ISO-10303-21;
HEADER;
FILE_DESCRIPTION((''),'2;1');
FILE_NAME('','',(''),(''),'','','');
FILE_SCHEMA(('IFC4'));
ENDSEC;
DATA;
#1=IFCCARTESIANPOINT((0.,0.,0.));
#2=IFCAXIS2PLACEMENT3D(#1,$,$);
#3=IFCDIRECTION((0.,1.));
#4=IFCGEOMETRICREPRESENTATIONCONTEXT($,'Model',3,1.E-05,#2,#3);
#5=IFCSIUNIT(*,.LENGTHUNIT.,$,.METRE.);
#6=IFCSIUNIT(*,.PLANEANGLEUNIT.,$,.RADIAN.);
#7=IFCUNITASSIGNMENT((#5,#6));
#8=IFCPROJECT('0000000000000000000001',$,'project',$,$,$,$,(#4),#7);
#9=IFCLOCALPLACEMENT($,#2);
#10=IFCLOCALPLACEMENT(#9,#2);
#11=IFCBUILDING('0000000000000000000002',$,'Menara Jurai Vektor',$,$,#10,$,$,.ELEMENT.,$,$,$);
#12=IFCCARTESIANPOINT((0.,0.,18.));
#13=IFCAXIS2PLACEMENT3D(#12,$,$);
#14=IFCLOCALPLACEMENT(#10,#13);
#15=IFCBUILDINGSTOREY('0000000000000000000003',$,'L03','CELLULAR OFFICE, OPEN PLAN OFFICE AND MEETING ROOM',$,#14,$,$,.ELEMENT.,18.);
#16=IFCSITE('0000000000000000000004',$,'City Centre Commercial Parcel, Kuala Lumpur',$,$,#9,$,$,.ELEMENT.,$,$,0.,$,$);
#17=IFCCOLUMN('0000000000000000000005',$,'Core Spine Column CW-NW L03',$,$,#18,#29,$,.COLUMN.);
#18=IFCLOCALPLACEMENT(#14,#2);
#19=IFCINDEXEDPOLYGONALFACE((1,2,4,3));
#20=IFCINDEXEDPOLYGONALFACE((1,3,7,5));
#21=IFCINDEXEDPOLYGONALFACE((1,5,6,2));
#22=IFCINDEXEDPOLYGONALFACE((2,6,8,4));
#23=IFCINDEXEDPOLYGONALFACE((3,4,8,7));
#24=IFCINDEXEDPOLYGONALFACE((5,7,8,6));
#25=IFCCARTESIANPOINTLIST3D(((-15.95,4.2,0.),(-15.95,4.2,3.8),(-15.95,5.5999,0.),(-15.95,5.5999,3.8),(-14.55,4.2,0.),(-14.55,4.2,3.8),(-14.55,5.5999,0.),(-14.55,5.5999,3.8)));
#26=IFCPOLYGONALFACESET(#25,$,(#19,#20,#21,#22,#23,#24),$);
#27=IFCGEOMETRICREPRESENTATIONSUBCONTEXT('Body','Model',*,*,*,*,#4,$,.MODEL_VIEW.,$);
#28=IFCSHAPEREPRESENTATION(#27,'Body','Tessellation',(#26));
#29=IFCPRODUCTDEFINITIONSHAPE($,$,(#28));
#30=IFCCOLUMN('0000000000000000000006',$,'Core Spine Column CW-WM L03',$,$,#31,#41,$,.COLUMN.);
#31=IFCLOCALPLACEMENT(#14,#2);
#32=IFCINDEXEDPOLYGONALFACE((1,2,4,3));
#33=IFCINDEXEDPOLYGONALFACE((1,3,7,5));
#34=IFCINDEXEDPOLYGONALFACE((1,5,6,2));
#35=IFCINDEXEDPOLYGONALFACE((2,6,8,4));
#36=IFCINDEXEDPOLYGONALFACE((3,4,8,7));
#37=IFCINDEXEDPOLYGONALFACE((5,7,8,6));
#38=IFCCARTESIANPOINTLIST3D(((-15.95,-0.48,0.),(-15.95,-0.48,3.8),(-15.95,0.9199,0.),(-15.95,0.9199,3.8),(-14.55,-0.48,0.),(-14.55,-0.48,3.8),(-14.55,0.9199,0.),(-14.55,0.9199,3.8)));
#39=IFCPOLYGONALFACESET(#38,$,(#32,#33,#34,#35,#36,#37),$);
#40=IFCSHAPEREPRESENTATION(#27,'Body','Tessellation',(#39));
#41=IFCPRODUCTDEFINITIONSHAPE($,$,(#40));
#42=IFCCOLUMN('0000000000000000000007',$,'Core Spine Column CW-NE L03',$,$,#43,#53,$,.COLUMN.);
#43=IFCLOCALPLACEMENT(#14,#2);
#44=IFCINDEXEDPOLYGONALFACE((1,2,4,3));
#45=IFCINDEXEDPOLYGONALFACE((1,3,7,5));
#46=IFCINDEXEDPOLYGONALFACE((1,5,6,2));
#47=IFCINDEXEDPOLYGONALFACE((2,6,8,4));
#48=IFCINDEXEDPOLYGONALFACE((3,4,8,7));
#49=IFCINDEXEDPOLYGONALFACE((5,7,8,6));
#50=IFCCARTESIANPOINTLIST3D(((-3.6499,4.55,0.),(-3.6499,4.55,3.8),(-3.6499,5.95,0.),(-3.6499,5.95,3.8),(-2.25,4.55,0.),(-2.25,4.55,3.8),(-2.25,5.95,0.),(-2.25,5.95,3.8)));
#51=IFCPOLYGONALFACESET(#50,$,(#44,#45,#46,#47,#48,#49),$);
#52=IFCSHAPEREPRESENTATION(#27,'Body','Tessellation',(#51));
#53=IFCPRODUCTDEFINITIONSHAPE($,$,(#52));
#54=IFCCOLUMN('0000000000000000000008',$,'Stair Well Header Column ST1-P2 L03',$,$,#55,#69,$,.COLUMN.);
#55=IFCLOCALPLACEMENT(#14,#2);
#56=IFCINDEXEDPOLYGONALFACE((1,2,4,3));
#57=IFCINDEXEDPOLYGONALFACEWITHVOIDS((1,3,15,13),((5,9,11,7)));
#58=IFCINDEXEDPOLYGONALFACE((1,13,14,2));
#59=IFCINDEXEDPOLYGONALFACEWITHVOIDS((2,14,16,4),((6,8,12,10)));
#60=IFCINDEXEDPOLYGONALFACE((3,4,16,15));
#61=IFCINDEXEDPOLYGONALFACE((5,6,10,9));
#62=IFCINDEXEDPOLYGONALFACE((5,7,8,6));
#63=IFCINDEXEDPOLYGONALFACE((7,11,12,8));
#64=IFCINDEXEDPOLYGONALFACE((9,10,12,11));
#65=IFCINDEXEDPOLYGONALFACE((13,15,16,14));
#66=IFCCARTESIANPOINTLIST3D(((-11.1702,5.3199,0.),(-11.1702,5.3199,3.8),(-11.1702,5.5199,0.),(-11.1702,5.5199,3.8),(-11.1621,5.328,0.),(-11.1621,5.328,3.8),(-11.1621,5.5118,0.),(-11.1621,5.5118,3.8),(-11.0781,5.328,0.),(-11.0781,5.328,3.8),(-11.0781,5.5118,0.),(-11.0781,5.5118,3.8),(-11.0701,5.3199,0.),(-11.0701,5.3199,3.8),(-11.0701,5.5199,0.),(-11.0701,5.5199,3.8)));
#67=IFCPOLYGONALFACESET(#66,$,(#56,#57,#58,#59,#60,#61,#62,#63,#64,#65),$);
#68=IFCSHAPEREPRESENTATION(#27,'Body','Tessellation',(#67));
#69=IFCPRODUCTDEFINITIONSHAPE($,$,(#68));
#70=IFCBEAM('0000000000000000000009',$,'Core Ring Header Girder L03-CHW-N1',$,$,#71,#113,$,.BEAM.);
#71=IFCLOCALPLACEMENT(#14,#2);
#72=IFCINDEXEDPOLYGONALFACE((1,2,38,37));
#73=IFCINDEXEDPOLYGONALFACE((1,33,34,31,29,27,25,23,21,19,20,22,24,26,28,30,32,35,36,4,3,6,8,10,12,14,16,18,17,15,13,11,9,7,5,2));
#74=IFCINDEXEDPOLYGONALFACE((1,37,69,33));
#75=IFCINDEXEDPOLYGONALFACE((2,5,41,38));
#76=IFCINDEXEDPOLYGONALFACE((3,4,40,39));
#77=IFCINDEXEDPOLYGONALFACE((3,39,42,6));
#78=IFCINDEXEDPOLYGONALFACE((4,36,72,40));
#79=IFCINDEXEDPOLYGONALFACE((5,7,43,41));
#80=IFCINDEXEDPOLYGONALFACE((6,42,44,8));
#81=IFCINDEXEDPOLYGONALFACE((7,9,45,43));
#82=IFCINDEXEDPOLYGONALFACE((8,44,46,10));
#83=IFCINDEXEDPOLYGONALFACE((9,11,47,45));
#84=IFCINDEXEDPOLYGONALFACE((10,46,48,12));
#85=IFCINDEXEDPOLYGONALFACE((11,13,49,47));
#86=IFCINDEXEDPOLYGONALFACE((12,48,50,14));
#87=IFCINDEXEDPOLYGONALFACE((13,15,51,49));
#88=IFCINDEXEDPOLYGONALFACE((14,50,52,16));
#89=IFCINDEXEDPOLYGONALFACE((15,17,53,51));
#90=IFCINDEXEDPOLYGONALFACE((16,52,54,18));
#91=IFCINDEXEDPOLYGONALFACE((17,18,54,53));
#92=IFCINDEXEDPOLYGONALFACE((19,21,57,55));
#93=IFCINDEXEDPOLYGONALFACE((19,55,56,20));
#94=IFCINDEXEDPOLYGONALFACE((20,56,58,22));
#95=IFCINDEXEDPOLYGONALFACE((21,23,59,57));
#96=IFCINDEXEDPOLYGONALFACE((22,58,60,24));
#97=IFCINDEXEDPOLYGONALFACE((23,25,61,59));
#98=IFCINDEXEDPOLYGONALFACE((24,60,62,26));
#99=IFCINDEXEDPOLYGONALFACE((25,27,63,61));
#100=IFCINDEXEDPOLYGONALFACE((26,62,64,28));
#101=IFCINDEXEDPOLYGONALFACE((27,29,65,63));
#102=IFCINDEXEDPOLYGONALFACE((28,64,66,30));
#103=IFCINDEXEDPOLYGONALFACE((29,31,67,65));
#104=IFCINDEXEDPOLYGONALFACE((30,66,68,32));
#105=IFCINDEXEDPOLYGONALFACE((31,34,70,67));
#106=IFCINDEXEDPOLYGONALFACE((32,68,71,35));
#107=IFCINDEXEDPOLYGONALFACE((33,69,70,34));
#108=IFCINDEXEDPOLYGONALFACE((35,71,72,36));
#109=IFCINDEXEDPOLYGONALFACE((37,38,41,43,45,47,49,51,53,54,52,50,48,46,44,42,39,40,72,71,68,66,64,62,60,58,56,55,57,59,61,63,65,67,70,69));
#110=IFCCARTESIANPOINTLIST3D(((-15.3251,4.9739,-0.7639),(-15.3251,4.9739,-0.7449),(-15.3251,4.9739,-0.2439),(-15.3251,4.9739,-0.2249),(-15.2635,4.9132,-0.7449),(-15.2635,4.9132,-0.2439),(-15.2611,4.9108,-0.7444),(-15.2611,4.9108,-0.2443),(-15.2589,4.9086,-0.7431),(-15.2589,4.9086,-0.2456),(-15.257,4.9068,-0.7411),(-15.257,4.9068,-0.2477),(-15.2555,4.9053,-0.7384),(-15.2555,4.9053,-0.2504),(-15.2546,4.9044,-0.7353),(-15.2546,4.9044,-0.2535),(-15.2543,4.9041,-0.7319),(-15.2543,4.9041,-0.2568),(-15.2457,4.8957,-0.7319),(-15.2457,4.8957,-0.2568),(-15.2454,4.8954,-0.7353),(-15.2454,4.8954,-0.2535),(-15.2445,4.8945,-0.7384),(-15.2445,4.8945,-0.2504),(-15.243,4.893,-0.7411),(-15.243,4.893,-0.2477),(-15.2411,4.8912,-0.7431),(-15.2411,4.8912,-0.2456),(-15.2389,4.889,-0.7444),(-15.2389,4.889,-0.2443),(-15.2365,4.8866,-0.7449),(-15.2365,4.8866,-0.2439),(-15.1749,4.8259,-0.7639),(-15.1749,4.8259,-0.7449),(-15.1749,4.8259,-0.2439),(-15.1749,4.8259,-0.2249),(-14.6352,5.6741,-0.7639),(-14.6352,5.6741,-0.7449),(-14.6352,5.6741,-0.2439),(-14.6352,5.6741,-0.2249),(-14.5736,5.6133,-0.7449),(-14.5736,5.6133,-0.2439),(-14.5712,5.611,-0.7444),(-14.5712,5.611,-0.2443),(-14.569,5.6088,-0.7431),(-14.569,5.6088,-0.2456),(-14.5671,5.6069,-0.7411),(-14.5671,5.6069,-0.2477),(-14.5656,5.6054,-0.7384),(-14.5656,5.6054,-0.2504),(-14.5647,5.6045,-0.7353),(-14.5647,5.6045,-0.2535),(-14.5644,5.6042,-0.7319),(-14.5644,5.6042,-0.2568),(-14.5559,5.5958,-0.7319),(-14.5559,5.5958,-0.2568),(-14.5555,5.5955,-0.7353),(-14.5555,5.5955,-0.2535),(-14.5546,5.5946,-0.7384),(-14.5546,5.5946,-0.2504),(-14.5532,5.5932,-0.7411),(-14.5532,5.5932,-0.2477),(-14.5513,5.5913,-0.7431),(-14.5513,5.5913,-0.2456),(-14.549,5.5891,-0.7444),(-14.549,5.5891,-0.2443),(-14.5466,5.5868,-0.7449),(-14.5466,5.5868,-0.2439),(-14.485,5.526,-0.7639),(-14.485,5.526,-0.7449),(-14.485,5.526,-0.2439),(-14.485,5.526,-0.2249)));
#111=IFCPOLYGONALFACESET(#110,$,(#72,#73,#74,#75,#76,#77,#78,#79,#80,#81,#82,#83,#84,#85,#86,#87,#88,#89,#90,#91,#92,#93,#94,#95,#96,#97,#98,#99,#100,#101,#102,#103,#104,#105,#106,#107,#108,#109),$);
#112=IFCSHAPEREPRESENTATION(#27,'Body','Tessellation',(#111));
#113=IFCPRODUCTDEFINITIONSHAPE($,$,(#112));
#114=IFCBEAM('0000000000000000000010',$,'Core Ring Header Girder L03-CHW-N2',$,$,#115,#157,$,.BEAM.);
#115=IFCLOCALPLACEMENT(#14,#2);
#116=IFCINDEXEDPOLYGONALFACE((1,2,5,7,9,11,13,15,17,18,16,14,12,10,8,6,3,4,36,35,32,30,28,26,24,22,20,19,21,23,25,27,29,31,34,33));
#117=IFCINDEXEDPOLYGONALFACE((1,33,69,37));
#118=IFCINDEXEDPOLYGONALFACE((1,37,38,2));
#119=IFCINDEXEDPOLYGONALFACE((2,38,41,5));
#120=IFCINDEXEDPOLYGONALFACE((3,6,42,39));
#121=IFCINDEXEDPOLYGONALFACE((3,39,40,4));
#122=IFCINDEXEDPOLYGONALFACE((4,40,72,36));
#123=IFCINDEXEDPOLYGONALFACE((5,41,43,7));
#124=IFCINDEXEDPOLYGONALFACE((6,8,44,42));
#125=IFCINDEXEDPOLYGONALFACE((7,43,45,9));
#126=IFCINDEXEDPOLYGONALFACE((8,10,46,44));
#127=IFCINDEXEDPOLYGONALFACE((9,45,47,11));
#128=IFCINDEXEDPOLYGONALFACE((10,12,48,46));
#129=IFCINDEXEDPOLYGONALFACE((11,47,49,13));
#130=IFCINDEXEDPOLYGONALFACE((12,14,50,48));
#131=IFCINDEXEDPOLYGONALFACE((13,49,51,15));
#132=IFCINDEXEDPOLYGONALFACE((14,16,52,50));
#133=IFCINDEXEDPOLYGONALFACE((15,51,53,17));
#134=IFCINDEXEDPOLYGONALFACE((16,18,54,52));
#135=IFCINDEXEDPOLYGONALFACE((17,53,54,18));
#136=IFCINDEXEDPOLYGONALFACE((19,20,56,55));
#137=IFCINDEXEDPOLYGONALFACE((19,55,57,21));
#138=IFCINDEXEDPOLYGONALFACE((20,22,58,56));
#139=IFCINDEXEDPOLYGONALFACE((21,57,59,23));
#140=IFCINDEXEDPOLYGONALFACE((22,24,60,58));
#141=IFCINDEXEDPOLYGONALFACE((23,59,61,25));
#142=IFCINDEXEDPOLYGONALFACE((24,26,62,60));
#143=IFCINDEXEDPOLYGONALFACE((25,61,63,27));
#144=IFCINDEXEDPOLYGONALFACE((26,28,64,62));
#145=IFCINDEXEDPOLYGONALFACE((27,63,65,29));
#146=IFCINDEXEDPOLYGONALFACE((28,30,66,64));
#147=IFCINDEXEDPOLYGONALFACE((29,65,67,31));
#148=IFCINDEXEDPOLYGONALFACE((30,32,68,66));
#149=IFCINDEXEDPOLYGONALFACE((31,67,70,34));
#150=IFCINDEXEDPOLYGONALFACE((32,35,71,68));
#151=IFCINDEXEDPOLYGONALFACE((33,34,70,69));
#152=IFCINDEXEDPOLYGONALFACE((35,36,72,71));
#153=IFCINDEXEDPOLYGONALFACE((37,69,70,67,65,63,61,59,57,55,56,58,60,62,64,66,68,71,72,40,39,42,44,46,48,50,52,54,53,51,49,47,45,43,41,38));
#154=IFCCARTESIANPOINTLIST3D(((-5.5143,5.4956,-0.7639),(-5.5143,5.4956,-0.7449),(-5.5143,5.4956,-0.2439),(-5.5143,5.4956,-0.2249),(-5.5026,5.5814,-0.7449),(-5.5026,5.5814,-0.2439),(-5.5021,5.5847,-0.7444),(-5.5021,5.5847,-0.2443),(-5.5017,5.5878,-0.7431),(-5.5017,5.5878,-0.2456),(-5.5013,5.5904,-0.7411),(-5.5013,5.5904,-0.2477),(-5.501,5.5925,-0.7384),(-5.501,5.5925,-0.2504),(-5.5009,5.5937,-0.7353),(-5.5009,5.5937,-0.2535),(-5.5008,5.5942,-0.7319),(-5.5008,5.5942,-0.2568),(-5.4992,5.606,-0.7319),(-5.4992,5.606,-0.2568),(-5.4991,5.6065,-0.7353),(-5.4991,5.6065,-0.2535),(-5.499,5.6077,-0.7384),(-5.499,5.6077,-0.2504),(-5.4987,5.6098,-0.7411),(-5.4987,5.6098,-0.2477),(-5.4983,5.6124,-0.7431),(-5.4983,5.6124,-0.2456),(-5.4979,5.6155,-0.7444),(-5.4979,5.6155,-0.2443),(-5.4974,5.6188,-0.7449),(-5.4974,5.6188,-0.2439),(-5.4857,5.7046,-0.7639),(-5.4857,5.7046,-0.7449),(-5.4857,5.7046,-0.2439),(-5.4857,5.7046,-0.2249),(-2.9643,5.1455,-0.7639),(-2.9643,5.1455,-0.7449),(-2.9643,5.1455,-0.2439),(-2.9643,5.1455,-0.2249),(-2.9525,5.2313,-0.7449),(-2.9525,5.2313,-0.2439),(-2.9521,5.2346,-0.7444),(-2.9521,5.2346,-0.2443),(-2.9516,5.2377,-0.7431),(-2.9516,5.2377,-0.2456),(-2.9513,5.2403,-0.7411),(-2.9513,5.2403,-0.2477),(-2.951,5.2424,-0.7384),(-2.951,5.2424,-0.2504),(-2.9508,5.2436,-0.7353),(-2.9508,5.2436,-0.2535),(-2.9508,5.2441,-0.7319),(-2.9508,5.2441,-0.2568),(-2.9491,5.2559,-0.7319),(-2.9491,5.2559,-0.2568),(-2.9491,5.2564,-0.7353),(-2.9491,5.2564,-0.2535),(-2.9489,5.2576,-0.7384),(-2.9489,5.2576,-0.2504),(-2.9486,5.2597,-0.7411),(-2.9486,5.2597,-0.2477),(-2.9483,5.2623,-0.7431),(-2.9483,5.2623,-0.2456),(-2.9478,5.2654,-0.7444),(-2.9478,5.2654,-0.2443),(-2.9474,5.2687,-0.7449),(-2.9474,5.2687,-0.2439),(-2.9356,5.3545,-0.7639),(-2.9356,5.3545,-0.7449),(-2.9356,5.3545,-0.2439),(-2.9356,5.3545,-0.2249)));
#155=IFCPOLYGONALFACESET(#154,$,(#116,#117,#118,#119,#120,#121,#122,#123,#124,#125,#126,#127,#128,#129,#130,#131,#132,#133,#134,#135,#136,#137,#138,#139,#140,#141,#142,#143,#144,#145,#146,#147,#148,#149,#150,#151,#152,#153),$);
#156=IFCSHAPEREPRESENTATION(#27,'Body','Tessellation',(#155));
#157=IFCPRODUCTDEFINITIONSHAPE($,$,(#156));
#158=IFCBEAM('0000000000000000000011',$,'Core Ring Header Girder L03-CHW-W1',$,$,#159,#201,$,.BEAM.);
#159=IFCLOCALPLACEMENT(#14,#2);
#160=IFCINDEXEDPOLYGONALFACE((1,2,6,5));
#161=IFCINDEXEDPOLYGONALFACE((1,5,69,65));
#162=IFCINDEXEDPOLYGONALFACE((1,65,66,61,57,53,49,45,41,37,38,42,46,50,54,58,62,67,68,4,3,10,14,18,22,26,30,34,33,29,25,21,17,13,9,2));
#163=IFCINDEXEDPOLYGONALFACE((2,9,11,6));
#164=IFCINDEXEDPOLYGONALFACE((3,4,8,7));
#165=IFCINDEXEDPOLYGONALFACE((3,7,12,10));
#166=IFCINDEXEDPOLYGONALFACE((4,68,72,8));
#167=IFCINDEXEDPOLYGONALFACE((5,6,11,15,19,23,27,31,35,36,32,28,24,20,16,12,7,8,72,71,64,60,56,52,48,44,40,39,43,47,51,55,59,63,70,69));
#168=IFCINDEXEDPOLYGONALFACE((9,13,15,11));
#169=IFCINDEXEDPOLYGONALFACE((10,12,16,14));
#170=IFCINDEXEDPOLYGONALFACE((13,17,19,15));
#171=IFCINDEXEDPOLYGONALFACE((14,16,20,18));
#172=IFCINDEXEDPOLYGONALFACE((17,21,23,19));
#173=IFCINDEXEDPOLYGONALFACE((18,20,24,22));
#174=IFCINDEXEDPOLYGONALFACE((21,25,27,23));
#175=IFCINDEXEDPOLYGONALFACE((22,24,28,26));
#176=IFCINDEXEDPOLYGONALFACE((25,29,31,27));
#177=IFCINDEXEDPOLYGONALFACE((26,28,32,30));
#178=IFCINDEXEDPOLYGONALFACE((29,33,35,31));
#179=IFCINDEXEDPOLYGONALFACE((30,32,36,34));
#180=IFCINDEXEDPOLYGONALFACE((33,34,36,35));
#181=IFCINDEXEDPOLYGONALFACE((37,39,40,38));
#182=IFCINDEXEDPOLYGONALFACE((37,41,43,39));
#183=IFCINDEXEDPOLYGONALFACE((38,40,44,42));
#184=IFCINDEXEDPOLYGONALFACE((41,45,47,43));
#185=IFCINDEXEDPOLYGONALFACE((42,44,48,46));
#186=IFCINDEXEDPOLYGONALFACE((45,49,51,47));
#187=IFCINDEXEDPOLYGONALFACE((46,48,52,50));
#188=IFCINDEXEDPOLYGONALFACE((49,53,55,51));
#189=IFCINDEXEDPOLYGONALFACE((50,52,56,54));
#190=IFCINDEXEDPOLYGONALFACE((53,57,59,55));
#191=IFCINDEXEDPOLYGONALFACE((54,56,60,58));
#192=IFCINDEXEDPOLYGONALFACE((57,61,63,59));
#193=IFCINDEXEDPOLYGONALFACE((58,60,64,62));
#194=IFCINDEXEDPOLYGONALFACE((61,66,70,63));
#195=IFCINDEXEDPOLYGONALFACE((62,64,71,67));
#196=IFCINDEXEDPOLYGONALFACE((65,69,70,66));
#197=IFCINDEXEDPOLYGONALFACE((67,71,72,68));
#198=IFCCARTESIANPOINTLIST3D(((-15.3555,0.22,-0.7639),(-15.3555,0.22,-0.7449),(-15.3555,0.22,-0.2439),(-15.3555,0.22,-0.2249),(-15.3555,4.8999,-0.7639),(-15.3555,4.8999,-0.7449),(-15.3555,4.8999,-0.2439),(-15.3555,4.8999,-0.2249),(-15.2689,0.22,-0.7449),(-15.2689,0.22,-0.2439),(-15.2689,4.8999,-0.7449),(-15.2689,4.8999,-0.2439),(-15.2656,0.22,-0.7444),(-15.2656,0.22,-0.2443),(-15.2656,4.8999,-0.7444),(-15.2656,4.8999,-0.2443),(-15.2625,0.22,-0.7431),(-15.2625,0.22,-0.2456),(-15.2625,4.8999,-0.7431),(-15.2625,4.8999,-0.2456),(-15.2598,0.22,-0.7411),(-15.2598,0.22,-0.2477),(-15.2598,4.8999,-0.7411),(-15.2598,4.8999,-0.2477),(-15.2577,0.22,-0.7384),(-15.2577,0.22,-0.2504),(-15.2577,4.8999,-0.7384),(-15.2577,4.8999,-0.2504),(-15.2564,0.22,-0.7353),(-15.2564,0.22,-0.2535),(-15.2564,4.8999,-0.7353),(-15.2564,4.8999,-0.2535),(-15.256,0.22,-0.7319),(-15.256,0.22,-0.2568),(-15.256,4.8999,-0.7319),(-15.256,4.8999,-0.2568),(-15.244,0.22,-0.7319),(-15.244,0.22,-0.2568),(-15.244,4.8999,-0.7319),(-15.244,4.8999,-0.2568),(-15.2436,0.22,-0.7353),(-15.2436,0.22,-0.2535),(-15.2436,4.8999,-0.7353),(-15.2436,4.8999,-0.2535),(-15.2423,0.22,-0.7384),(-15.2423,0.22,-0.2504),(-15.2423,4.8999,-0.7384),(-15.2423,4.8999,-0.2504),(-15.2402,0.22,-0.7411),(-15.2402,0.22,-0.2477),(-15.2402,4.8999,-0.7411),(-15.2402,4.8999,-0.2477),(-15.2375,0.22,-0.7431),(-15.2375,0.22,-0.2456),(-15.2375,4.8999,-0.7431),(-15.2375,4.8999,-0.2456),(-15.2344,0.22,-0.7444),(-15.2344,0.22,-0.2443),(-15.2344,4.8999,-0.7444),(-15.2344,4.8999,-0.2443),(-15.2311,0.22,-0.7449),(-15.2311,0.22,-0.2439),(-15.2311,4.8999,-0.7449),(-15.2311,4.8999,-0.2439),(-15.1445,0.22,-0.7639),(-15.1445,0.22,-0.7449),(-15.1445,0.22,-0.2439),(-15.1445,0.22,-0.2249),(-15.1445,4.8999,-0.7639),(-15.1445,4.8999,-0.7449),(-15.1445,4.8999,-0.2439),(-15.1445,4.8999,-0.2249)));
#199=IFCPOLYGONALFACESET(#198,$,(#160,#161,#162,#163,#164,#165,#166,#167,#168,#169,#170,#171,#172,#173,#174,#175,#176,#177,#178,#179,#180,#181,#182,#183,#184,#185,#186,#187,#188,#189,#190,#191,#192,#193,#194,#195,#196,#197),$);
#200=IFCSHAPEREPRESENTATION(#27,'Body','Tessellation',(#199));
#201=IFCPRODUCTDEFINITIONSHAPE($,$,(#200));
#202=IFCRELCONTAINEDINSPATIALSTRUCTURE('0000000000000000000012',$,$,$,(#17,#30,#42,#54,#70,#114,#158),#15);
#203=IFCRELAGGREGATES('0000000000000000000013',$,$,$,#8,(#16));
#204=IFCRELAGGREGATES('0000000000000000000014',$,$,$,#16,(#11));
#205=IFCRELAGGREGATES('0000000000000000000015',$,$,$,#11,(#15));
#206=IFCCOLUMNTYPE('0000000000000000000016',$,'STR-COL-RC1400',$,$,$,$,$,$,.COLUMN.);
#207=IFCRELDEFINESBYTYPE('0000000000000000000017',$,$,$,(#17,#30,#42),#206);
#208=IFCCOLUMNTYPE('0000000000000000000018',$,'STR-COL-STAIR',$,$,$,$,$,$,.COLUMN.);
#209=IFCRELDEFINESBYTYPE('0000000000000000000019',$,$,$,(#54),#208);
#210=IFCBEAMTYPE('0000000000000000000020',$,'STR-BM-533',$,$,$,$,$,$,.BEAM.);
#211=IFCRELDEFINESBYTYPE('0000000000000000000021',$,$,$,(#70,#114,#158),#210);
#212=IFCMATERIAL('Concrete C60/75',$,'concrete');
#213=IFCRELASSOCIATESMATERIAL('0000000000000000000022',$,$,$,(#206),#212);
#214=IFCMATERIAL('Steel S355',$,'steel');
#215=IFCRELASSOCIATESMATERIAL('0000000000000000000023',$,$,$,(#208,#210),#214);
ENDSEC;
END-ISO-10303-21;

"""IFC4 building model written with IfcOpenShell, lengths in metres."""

from ifc_helpers import new_model, si_unit, direction, frame, origin, origin_2d, place, context, subcontext, project, spatial, rectangle, hollow_rectangle, i_section, extrude, material, material_profile, profile_set, type_object, element, save


model = new_model("IFC4")

# Units and contexts
model_context = context("Model", 3, precision=1e-05, world=origin(), true_north=direction((0.0, 1.0)))
body_context = subcontext(model_context, "Body", "Model", "MODEL_VIEW")
ifc_project = project(units=[si_unit("LENGTHUNIT", "METRE"), si_unit("PLANEANGLEUNIT", "RADIAN")], contexts=[model_context])

# Site, building, storey
site_placement = place(None, origin())
site = spatial("IfcSite", under=ifc_project, at=site_placement, Name="City Centre Commercial Parcel, Kuala Lumpur", CompositionType="ELEMENT", RefElevation=0.0)
building_placement = place(site_placement, origin())
building = spatial("IfcBuilding", under=site, at=building_placement, Name="Menara Jurai Vektor", CompositionType="ELEMENT")
storey_placement = place(building_placement, frame((0.0, 0.0, 18.0)))
storey = spatial("IfcBuildingStorey", under=building, at=storey_placement, Name="L03", Description="CELLULAR OFFICE, OPEN PLAN OFFICE AND MEETING ROOM", CompositionType="ELEMENT", Elevation=18.0)

# Columns
ifc_material_1 = material(Name="Concrete C60/75", Category="concrete")
ifc_material_profile_1 = material_profile(ifc_material_1, rectangle(XDim=1.3999, YDim=1.3999, at=origin_2d()), Name="RC 1400x1400")
ifc_profile_set_1 = profile_set([ifc_material_profile_1], Name="Concrete C60/75")
column_type_1 = type_object("IfcColumnType", Name="STR-COL-RC1400", PredefinedType="COLUMN", material=ifc_profile_set_1)
for number, where, z_axis, x_axis, name in (
    (1, (-15.25, 4.8999, 0.0), (0.0, 0.0, 1.0), (1.0, 0.0, 0.0), "Core Spine Column CW-NW L03"),
    (2, (-15.25, 0.22, 0.0), (0.0, 0.0, 1.0), (1.0, 0.0, 0.0), "Core Spine Column CW-WM L03"),
    (3, (-2.95, 5.25, 0.0), (0.0, 0.0, 1.0), (1.0, 0.0, 0.0), "Core Spine Column CW-NE L03"),
):
    element("IfcColumn", number, at=place(storey_placement, frame(where, z_axis=z_axis, x_axis=x_axis)), inside=storey, type_object=column_type_1, Name=name, PredefinedType="COLUMN", context=body_context, shape_type="SweptSolid", body=[
        extrude(rectangle(XDim=1.3999, YDim=1.3999, at=origin_2d()), origin(), (0.0, 0.0, 1.0), 3.8),
    ])
ifc_material_2 = material(Name="Steel S355", Category="steel")
ifc_material_profile_2 = material_profile(ifc_material_2, hollow_rectangle(XDim=0.1001, YDim=0.2, WallThickness=0.0081, at=origin_2d()), Name="RHS 200x100x8")
ifc_profile_set_2 = profile_set([ifc_material_profile_2], Name="Steel S355")
column_type_2 = type_object("IfcColumnType", Name="STR-COL-STAIR", PredefinedType="COLUMN", material=ifc_profile_set_2)
column_placement = place(storey_placement, frame((-11.1201, 5.4199, 0.0), z_axis=(0.0, 0.0, 1.0), x_axis=(1.0, 0.0, 0.0)))
element("IfcColumn", 4, at=column_placement, inside=storey, type_object=column_type_2, Name="Stair Well Header Column ST1-P2 L03", PredefinedType="COLUMN", context=body_context, shape_type="SweptSolid", body=[
    extrude(hollow_rectangle(XDim=0.1001, YDim=0.2, WallThickness=0.0081, at=origin_2d()), origin(), (0.0, 0.0, 1.0), 3.8),
])

# Beams
ifc_material_profile_3 = material_profile(ifc_material_2, i_section(OverallWidth=0.2109, OverallDepth=0.5391, WebThickness=0.012, FlangeThickness=0.019, FilletRadius=0.0129, at=origin_2d()), Name="UKB 533x210x109")
ifc_profile_set_3 = profile_set([ifc_material_profile_3], Name="Steel S355")
beam_type_1 = type_object("IfcBeamType", Name="STR-BM-533", PredefinedType="BEAM", material=ifc_profile_set_3)
beam_1_placement = place(storey_placement, frame((-15.25, 4.8999, -0.4944), z_axis=(0.701872, 0.712303, 0.0), x_axis=(-0.712303, 0.701872, 0.0)))
element("IfcBeam", 5, at=beam_1_placement, inside=storey, type_object=beam_type_1, Name="Core Ring Header Girder L03-CHW-N1", PredefinedType="BEAM", context=body_context, shape_type="SweptSolid", body=[
    extrude(i_section(OverallWidth=0.2109, OverallDepth=0.5391, WebThickness=0.012, FlangeThickness=0.019, FilletRadius=0.0129, at=origin_2d()), origin(), (0.0, 0.0, 1.0), 0.9829),
])
beam_2_placement = place(storey_placement, frame((-5.5, 5.6001, -0.4944), z_axis=(0.990707, -0.136015, 0.0), x_axis=(0.136015, 0.990707, 0.0)))
element("IfcBeam", 6, at=beam_2_placement, inside=storey, type_object=beam_type_1, Name="Core Ring Header Girder L03-CHW-N2", PredefinedType="BEAM", context=body_context, shape_type="SweptSolid", body=[
    extrude(i_section(OverallWidth=0.2109, OverallDepth=0.5391, WebThickness=0.012, FlangeThickness=0.019, FilletRadius=0.0129, at=origin_2d()), origin(), (0.0, 0.0, 1.0), 2.574),
])
beam_3_placement = place(storey_placement, frame((-15.25, 0.22, -0.4944), z_axis=(0.0, 1.0, 0.0), x_axis=(-1.0, 0.0, 0.0)))
element("IfcBeam", 7, at=beam_3_placement, inside=storey, type_object=beam_type_1, Name="Core Ring Header Girder L03-CHW-W1", PredefinedType="BEAM", context=body_context, shape_type="SweptSolid", body=[
    extrude(i_section(OverallWidth=0.2109, OverallDepth=0.5391, WebThickness=0.012, FlangeThickness=0.019, FilletRadius=0.0129, at=origin_2d()), origin(), (0.0, 0.0, 1.0), 4.6799),
])

save(model, "model.ifc")
